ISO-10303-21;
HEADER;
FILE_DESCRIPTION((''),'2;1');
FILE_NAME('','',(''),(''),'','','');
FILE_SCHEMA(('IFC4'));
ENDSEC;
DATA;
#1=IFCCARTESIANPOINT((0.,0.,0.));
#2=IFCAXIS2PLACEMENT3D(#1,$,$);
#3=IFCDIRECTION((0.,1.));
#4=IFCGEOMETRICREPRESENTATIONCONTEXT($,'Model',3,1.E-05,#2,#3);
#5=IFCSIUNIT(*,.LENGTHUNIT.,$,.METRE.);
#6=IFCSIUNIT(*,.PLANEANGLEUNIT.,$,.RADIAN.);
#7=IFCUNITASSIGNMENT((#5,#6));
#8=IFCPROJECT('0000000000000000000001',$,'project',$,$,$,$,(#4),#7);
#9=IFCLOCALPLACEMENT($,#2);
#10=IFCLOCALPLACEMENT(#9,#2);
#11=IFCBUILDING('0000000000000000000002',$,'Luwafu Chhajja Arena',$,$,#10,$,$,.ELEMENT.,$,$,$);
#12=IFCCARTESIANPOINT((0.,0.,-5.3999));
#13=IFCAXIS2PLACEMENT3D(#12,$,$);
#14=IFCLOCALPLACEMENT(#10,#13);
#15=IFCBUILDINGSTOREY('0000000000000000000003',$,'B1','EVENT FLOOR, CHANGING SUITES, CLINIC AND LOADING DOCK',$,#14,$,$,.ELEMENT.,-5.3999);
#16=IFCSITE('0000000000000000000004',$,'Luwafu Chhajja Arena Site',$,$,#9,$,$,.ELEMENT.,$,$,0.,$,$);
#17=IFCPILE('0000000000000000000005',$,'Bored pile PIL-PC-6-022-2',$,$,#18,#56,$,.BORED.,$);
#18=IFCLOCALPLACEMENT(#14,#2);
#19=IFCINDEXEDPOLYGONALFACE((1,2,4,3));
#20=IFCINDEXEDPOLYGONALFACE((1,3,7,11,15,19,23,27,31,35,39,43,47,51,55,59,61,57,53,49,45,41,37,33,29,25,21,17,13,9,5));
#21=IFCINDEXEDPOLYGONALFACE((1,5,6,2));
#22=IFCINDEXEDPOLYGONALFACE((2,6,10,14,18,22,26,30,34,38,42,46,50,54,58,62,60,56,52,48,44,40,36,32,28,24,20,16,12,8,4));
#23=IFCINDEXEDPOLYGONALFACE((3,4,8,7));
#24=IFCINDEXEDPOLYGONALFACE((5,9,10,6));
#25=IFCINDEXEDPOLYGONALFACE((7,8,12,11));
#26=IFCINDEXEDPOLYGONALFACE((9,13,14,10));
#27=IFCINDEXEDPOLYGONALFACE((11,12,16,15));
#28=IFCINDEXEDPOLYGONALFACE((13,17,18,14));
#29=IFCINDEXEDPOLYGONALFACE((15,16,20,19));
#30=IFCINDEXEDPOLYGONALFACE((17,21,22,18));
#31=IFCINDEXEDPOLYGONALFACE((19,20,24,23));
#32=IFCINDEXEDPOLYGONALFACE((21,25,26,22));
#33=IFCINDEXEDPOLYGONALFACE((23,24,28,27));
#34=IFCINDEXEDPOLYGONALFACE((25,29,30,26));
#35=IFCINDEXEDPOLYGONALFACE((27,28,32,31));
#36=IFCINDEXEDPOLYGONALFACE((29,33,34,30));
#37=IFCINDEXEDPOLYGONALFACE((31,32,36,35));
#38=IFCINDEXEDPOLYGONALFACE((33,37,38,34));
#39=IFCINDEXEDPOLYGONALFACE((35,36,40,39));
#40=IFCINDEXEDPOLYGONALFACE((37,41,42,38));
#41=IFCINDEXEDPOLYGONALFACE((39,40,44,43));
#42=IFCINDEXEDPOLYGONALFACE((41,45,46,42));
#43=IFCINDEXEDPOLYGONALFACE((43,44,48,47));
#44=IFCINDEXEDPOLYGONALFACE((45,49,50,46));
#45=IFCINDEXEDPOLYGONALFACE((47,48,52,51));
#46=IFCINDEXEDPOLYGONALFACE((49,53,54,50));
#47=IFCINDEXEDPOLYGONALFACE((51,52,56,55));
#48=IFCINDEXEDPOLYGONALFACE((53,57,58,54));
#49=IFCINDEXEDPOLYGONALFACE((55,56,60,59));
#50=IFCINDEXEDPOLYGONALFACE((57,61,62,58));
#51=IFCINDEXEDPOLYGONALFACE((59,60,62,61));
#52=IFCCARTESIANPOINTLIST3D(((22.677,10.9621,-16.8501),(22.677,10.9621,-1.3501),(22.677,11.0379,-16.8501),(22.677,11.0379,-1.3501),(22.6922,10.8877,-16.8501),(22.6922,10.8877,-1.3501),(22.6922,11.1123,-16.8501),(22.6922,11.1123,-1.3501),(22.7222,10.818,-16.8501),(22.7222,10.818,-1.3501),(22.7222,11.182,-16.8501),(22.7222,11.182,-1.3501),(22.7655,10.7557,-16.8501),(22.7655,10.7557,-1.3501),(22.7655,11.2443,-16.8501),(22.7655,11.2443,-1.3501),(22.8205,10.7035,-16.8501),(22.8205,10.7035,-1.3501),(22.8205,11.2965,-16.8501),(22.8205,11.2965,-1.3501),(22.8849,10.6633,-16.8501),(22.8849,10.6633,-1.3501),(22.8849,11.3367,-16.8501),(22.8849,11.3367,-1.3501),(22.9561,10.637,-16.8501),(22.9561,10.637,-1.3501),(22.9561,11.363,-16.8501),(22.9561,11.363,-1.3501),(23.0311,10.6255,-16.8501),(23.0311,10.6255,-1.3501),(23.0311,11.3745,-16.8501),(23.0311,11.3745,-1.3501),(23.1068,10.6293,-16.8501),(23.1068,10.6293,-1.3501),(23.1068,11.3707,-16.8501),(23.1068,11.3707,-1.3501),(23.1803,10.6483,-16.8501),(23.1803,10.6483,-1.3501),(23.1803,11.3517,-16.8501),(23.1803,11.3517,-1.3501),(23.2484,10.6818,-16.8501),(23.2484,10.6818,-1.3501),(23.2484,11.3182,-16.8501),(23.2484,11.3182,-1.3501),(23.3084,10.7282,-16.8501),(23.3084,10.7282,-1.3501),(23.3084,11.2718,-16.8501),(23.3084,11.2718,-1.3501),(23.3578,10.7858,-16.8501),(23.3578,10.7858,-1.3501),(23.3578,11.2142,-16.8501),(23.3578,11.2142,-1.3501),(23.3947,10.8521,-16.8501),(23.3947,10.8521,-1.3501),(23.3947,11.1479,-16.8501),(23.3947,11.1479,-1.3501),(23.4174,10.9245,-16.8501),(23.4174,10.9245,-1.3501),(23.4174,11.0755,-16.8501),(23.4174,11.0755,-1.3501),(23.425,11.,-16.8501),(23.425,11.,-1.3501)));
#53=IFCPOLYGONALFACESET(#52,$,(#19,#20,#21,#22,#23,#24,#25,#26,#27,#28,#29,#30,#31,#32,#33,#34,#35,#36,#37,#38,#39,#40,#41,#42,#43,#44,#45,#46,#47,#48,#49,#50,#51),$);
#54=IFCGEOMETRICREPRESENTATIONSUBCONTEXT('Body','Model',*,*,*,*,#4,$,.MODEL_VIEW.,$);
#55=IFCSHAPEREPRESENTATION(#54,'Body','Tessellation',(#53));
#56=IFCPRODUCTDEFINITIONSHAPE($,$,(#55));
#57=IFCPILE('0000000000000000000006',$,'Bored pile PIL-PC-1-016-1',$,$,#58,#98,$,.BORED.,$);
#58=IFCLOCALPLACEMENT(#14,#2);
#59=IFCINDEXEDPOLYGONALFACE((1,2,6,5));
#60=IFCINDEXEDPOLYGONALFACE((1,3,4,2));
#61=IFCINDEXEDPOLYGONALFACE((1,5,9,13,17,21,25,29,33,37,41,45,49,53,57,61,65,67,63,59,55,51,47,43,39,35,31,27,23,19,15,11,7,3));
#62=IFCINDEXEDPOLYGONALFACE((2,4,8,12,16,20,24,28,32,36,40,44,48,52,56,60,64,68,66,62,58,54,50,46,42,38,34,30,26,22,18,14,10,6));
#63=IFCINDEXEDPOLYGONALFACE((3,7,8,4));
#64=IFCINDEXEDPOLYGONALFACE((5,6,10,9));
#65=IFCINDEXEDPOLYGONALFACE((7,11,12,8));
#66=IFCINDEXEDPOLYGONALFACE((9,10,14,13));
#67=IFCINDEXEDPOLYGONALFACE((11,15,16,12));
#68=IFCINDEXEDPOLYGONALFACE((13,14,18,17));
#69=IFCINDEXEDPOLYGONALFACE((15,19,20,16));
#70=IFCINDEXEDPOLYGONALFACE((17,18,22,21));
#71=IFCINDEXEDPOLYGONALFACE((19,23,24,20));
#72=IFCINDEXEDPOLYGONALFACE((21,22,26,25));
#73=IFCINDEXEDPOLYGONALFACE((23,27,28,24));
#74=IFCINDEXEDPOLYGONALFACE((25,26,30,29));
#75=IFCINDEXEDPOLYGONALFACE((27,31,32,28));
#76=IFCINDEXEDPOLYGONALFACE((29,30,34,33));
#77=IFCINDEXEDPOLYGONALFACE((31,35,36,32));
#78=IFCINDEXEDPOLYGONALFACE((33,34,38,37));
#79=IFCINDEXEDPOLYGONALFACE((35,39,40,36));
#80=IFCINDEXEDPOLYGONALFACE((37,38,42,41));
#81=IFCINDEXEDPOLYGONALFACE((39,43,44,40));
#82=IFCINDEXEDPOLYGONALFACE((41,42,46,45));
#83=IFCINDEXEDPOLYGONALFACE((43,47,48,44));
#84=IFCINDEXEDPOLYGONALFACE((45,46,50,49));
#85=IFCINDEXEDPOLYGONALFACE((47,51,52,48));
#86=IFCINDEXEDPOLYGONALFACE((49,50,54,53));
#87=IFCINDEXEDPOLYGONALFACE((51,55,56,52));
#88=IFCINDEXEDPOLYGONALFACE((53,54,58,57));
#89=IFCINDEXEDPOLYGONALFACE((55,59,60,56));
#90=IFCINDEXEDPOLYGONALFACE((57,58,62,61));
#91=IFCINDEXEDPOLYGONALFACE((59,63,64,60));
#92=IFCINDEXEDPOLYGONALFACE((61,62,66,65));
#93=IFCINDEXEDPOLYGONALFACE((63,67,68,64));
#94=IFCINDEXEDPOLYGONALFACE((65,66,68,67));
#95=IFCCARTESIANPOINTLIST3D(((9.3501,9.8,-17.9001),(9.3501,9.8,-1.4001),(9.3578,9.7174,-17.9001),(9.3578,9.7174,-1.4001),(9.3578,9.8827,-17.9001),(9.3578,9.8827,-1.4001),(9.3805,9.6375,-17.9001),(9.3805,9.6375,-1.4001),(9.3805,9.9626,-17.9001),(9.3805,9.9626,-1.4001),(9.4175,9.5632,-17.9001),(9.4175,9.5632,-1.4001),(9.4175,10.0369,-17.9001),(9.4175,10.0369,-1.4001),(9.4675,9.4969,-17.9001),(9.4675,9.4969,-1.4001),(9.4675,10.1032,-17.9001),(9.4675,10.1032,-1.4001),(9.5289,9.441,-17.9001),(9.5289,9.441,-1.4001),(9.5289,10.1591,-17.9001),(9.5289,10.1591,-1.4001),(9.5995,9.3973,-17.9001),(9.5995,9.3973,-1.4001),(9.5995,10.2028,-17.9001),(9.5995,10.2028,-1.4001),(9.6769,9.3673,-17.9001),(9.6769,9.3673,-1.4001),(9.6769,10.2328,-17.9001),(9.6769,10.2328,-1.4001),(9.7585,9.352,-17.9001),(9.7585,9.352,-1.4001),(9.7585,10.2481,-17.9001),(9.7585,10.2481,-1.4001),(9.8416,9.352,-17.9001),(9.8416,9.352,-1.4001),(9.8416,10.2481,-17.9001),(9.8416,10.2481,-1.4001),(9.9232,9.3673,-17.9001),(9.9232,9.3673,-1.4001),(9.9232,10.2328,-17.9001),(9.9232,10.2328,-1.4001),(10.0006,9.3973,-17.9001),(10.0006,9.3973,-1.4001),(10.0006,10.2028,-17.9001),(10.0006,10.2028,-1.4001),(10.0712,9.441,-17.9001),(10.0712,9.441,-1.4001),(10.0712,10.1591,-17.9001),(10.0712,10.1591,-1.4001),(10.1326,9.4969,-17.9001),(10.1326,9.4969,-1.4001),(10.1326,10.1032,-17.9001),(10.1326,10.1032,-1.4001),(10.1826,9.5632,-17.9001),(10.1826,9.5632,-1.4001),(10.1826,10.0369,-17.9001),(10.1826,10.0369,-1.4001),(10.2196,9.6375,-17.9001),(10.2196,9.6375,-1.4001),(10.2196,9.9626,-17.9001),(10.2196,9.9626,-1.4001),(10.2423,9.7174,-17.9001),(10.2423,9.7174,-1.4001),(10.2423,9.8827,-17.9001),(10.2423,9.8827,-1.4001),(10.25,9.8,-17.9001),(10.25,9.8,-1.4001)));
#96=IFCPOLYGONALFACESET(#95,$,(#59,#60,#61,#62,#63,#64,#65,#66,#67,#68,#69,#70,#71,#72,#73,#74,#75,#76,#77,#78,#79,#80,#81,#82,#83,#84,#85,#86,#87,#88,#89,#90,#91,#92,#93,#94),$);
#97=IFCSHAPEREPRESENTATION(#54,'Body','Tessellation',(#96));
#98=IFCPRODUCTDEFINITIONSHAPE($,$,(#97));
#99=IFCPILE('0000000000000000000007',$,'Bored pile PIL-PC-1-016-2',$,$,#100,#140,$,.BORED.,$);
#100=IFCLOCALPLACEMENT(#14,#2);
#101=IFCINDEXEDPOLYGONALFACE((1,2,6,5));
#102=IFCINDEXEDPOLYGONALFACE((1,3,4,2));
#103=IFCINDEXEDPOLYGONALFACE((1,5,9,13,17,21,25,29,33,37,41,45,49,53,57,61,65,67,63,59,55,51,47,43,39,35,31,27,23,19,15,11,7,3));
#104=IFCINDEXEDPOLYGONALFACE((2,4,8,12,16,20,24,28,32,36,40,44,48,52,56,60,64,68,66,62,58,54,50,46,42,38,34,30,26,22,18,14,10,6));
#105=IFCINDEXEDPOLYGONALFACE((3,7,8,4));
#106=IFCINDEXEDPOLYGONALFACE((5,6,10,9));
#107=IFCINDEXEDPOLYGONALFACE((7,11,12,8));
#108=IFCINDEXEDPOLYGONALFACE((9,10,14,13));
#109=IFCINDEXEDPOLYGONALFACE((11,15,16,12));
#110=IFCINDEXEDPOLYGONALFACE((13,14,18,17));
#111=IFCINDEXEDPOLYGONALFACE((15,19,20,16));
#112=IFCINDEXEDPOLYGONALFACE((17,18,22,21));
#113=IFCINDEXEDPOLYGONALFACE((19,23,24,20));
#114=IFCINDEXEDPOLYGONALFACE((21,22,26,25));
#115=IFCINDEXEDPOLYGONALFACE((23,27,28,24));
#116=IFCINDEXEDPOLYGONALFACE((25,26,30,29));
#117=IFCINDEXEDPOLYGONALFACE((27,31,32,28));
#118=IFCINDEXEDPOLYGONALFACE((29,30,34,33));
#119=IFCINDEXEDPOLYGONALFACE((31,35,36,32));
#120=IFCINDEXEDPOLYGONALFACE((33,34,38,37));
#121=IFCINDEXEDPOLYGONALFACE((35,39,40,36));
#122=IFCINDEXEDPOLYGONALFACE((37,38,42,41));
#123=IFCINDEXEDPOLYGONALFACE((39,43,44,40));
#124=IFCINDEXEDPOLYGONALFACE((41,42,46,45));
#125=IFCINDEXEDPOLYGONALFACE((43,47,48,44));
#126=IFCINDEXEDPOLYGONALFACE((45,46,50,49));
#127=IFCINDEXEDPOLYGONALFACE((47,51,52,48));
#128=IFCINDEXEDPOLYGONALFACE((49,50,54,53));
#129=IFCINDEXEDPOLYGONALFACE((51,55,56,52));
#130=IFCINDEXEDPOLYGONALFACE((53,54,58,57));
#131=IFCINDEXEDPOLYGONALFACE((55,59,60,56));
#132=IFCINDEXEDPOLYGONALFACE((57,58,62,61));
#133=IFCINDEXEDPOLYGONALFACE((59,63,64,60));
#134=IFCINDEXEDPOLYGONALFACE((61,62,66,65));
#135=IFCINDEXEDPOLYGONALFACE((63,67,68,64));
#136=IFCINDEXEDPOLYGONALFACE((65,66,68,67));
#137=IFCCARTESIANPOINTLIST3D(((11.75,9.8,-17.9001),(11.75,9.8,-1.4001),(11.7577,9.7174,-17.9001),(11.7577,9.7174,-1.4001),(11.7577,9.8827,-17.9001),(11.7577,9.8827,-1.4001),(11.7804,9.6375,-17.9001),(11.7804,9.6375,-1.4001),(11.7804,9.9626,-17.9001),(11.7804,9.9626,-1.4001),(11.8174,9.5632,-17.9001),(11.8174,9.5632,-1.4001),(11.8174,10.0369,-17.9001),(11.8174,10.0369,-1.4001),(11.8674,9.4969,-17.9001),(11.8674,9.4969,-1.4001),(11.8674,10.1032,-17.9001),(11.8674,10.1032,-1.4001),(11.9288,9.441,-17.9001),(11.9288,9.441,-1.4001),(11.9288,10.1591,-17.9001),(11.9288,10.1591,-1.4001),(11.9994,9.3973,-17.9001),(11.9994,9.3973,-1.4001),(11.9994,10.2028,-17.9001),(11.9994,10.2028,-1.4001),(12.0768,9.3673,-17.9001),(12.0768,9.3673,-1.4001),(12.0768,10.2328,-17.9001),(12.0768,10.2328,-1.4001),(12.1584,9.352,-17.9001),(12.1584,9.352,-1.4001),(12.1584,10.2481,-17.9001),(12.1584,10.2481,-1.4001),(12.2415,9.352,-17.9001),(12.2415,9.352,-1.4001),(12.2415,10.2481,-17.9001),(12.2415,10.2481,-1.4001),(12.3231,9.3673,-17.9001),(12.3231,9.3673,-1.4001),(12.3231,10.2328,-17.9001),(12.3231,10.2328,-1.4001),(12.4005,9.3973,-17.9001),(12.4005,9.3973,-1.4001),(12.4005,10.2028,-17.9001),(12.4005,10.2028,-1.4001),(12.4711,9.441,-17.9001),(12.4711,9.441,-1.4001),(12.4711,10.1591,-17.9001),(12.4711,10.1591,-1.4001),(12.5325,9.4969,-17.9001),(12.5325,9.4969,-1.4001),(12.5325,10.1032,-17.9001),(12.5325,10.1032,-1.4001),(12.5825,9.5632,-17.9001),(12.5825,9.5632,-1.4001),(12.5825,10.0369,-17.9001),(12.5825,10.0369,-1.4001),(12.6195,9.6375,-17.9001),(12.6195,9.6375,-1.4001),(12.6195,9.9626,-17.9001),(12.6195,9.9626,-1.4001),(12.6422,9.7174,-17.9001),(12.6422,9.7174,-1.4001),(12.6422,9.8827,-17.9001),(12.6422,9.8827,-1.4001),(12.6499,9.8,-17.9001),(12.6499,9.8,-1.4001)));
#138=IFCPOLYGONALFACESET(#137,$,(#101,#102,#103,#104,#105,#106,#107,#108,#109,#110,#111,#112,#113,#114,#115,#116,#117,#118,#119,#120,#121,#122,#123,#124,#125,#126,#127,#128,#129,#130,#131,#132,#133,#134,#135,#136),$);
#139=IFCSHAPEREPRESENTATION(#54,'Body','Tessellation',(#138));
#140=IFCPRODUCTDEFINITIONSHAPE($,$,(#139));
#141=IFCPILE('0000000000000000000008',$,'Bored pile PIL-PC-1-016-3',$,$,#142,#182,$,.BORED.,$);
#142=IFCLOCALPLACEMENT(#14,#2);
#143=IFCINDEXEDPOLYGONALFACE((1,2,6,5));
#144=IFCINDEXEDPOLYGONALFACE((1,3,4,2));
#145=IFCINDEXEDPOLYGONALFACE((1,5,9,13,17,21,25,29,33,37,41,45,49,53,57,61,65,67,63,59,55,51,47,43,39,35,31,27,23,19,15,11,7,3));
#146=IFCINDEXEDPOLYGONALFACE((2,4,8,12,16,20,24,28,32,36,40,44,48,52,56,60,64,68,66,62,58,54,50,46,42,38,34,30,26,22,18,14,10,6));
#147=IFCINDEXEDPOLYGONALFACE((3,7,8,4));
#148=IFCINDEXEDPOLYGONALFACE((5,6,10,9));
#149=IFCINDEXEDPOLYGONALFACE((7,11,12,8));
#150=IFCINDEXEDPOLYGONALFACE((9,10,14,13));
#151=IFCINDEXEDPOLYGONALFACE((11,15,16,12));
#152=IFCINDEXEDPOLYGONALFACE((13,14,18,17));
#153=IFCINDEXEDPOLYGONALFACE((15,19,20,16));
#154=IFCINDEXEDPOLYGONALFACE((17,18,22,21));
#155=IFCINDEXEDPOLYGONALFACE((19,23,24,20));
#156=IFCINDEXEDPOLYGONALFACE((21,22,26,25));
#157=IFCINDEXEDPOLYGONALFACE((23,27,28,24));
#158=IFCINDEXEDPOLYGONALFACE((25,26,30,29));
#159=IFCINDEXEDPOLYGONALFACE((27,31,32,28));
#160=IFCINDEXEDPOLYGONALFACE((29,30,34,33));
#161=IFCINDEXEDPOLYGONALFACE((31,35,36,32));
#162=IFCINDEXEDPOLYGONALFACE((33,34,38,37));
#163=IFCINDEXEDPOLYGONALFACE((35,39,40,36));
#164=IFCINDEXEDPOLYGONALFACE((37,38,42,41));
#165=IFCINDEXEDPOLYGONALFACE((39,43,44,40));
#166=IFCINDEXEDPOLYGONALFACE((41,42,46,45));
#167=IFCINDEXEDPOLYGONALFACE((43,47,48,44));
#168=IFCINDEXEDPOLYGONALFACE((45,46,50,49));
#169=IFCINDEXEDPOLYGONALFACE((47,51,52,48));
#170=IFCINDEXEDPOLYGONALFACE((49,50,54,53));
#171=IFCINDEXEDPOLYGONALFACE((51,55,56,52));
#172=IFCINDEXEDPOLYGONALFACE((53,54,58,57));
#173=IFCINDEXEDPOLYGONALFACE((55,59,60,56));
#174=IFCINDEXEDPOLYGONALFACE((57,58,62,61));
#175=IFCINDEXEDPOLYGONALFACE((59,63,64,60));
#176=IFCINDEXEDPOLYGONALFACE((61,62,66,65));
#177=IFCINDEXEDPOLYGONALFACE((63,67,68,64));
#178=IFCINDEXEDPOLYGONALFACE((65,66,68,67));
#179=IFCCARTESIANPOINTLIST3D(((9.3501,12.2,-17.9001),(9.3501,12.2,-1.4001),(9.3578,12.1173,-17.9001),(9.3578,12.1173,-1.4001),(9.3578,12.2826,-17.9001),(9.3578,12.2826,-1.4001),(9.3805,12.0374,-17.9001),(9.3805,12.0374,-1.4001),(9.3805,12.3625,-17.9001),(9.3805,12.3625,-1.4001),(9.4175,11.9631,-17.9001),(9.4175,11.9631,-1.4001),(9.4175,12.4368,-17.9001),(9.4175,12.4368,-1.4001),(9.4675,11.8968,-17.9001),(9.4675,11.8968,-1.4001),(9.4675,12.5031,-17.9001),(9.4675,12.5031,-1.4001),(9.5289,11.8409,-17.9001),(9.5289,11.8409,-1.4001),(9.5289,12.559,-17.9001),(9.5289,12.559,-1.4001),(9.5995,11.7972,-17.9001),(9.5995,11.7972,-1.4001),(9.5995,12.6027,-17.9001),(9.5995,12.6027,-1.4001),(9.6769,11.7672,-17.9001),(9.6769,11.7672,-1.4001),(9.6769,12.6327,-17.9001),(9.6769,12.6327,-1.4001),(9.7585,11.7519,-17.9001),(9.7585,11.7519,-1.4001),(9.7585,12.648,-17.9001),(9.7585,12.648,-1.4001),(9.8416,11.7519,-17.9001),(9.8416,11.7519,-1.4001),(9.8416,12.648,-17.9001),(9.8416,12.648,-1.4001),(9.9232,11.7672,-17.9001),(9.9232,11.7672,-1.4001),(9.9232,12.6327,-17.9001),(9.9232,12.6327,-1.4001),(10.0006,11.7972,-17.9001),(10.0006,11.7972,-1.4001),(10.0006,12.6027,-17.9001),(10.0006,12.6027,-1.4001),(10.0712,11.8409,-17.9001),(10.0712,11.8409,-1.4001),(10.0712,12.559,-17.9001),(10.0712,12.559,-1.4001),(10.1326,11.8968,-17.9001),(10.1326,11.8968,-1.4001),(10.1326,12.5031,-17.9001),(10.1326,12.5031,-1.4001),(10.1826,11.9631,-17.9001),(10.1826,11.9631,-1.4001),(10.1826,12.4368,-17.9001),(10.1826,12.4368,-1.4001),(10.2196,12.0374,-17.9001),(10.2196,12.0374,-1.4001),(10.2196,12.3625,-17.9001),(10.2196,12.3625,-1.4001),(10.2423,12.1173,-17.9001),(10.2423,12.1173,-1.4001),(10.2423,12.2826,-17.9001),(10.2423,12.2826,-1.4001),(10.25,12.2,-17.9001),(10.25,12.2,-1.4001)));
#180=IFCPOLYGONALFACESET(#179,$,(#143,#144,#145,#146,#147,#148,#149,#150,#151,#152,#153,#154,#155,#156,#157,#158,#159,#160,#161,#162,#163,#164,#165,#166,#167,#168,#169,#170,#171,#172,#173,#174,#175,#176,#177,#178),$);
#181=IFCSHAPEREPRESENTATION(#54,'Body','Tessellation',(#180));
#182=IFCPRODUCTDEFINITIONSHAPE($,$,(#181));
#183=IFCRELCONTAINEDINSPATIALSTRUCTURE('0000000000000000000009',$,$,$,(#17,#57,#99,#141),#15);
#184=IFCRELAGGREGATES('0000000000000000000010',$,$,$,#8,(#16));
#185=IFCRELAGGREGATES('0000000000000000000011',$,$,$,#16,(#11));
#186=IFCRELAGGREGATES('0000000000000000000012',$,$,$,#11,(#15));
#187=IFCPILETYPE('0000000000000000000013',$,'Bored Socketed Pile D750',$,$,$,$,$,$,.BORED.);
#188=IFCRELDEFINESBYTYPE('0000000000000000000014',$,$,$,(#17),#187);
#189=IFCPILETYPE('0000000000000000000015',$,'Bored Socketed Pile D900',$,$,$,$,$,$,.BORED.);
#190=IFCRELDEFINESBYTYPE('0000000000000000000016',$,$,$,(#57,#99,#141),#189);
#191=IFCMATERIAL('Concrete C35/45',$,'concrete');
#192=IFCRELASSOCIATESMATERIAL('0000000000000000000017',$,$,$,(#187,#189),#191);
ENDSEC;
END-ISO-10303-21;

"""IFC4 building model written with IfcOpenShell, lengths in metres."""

from ifc_helpers import new_model, si_unit, direction, frame, origin, origin_2d, place, context, subcontext, project, spatial, circle, extrude, material, material_profile, profile_set, type_object, element, save


model = new_model("IFC4")

# Units and contexts
model_context = context("Model", 3, precision=1e-05, world=origin(), true_north=direction((0.0, 1.0)))
body_context = subcontext(model_context, "Body", "Model", "MODEL_VIEW")
ifc_project = project(units=[si_unit("LENGTHUNIT", "METRE"), si_unit("PLANEANGLEUNIT", "RADIAN")], contexts=[model_context])

# Site, building, storey
site_placement = place(None, origin())
site = spatial("IfcSite", under=ifc_project, at=site_placement, Name="Luwafu Chhajja Arena Site", CompositionType="ELEMENT", RefElevation=0.0)
building_placement = place(site_placement, origin())
building = spatial("IfcBuilding", under=site, at=building_placement, Name="Luwafu Chhajja Arena", CompositionType="ELEMENT")
storey_placement = place(building_placement, frame((0.0, 0.0, -5.3999)))
storey = spatial("IfcBuildingStorey", under=building, at=storey_placement, Name="B1", Description="EVENT FLOOR, CHANGING SUITES, CLINIC AND LOADING DOCK", CompositionType="ELEMENT", Elevation=-5.3999)

# Shared definitions
ifc_material_1 = material(Name="Concrete C35/45", Category="concrete")

# Piles
ifc_material_profile_1 = material_profile(ifc_material_1, circle(Radius=0.375, at=origin_2d()), Name="PILE D750")
ifc_profile_set_1 = profile_set([ifc_material_profile_1], Name="Concrete C35/45")
pile_type_1 = type_object("IfcPileType", Name="Bored Socketed Pile D750", PredefinedType="BORED", material=ifc_profile_set_1)
for number, where, z_axis, x_axis, name in (
    (1, (23.05, 11.0, -1.3501), (0.0, 0.0, -1.0), (1.0, 0.0, 0.0), "Bored pile PIL-PC-6-022-2"),
):
    element("IfcPile", number, at=place(storey_placement, frame(where, z_axis=z_axis, x_axis=x_axis)), inside=storey, type_object=pile_type_1, Name=name, PredefinedType="BORED", context=body_context, shape_type="SweptSolid", body=[
        extrude(circle(Radius=0.375, at=origin_2d()), origin(), (0.0, 0.0, 1.0), 15.5),
    ])
ifc_material_profile_2 = material_profile(ifc_material_1, circle(Radius=0.45, at=origin_2d()), Name="PILE D900")
ifc_profile_set_2 = profile_set([ifc_material_profile_2], Name="Concrete C35/45")
pile_type_2 = type_object("IfcPileType", Name="Bored Socketed Pile D900", PredefinedType="BORED", material=ifc_profile_set_2)
for number, where, z_axis, x_axis, name in (
    (2, (9.8, 9.8, -1.4001), (0.0, 0.0, -1.0), (1.0, 0.0, 0.0), "Bored pile PIL-PC-1-016-1"),
    (3, (12.2, 9.8, -1.4001), (0.0, 0.0, -1.0), (1.0, 0.0, 0.0), "Bored pile PIL-PC-1-016-2"),
    (4, (9.8, 12.2, -1.4001), (0.0, 0.0, -1.0), (1.0, 0.0, 0.0), "Bored pile PIL-PC-1-016-3"),
):
    element("IfcPile", number, at=place(storey_placement, frame(where, z_axis=z_axis, x_axis=x_axis)), inside=storey, type_object=pile_type_2, Name=name, PredefinedType="BORED", context=body_context, shape_type="SweptSolid", body=[
        extrude(circle(Radius=0.45, at=origin_2d()), origin(), (0.0, 0.0, 1.0), 16.5),
    ])

save(model, "model.ifc")
